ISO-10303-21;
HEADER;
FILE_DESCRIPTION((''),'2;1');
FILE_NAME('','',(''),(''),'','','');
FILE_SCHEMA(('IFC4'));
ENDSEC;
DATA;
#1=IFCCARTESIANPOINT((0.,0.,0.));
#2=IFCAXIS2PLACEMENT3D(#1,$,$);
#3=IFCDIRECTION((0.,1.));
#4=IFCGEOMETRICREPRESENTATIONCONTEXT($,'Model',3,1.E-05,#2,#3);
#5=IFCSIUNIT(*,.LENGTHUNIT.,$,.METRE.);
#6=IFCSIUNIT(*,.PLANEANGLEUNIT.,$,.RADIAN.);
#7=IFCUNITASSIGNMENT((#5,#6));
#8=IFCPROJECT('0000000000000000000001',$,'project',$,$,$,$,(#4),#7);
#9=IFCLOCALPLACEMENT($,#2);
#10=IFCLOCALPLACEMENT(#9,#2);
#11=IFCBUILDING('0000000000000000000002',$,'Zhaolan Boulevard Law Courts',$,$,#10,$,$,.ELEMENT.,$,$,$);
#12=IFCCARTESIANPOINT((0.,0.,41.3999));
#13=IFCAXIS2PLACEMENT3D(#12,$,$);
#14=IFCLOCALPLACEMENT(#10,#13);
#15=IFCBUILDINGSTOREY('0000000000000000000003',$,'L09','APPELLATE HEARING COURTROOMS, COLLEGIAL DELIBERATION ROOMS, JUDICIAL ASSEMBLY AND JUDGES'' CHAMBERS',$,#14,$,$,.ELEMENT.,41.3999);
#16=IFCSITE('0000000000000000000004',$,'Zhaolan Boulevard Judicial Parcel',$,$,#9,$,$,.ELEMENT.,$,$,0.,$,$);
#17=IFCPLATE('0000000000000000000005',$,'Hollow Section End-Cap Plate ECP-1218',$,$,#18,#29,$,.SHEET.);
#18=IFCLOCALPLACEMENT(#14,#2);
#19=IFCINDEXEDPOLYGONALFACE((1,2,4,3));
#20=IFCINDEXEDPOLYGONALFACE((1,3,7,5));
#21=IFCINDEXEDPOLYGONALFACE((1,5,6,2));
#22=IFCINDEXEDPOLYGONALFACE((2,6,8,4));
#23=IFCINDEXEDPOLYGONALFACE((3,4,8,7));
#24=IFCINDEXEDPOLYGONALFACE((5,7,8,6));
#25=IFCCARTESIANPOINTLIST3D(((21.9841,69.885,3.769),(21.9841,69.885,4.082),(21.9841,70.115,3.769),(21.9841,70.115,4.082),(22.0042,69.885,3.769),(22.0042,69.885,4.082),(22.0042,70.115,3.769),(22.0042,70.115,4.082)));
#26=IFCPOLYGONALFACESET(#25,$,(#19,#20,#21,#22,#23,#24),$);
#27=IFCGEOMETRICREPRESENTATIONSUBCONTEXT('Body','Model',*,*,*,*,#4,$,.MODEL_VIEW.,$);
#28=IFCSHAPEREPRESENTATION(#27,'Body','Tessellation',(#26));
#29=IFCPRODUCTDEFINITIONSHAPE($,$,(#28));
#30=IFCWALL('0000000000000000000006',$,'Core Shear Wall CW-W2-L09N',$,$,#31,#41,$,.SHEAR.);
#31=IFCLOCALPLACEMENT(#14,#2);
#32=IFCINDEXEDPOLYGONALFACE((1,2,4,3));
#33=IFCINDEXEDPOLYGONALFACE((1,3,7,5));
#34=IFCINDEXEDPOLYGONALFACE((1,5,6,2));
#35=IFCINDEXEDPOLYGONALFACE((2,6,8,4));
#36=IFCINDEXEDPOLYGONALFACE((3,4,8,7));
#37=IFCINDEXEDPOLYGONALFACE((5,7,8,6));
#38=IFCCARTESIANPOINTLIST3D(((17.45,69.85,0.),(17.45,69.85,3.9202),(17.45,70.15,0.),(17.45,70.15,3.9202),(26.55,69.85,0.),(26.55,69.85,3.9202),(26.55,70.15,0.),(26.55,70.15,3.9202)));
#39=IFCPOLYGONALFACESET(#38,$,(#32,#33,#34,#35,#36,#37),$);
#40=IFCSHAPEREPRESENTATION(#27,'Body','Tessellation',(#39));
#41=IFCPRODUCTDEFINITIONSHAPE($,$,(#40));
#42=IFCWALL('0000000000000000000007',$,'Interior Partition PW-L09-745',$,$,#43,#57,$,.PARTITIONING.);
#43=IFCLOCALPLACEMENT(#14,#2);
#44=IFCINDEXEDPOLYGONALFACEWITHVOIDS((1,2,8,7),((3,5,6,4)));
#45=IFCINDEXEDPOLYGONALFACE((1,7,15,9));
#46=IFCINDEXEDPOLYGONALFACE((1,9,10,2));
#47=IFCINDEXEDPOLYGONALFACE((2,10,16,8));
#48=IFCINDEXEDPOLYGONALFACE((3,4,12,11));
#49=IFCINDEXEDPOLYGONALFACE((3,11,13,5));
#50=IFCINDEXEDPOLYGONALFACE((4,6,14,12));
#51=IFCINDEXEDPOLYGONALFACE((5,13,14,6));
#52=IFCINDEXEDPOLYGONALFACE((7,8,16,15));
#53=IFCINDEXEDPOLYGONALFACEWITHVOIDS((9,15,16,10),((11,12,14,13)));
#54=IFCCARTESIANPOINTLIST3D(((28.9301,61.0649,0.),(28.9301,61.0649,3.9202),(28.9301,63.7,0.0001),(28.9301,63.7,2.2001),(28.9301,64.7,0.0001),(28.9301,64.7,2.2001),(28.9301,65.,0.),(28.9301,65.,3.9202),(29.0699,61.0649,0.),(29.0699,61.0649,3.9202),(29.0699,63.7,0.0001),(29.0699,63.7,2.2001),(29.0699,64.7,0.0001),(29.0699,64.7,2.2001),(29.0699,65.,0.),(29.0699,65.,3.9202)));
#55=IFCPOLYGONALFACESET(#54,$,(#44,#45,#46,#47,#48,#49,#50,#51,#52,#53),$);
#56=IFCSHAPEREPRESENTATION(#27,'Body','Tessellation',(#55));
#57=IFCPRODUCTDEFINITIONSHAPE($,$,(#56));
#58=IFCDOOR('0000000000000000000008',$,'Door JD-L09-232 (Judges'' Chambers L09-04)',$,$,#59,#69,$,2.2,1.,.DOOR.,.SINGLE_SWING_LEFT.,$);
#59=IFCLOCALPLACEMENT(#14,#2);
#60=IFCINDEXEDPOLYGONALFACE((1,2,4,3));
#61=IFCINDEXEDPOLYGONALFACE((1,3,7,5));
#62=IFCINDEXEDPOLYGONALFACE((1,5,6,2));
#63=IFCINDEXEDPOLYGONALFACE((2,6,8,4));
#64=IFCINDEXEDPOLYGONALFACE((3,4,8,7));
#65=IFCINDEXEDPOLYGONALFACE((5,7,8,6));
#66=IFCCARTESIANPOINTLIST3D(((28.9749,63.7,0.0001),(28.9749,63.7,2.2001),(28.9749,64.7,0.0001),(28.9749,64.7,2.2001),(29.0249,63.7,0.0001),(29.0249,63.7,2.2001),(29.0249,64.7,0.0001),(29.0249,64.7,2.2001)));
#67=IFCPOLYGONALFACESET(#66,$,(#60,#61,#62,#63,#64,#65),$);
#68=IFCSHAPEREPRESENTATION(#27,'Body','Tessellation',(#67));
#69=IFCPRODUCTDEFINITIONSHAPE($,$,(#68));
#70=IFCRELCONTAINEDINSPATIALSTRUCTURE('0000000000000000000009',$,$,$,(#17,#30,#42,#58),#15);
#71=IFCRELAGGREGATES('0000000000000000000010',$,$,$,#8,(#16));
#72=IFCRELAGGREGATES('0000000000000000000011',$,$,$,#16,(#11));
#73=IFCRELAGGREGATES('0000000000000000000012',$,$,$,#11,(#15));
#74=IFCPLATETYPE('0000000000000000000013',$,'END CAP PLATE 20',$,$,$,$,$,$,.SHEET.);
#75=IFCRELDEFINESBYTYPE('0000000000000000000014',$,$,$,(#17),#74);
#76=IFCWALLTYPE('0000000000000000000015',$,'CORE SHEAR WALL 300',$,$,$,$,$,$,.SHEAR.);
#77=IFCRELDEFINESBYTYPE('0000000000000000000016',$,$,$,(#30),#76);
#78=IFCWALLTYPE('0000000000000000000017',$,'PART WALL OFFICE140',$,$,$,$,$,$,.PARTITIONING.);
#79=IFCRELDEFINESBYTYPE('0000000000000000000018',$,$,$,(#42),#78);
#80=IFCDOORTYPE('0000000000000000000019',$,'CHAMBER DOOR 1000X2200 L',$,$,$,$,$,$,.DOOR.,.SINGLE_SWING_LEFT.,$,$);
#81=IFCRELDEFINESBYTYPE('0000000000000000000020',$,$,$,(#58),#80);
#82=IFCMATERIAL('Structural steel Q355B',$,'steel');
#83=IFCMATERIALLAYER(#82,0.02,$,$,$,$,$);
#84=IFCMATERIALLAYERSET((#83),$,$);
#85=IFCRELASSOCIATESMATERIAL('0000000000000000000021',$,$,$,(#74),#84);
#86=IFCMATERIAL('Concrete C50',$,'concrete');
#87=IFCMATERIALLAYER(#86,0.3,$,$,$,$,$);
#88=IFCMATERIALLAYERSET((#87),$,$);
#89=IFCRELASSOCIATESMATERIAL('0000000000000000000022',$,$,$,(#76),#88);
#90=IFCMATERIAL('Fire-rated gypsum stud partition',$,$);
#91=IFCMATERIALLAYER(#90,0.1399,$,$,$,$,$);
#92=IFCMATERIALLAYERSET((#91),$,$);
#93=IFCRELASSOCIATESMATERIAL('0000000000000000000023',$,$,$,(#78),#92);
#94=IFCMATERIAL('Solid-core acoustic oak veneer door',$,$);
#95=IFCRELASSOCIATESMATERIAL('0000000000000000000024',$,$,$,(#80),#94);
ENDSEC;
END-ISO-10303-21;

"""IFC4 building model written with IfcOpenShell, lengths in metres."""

from ifc_helpers import new_model, si_unit, direction, frame, frame_2d, origin, origin_2d, place, context, subcontext, project, spatial, rectangle, extrude, material, layer, layer_set, type_object, element, fill, save


model = new_model("IFC4")

# Units and contexts
model_context = context("Model", 3, precision=1e-05, world=origin(), true_north=direction((0.0, 1.0)))
body_context = subcontext(model_context, "Body", "Model", "MODEL_VIEW")
ifc_project = project(units=[si_unit("LENGTHUNIT", "METRE"), si_unit("PLANEANGLEUNIT", "RADIAN")], contexts=[model_context])

# Site, building, storey
site_placement = place(None, origin())
site = spatial("IfcSite", under=ifc_project, at=site_placement, Name="Zhaolan Boulevard Judicial Parcel", CompositionType="ELEMENT", RefElevation=0.0)
building_placement = place(site_placement, origin())
building = spatial("IfcBuilding", under=site, at=building_placement, Name="Zhaolan Boulevard Law Courts", CompositionType="ELEMENT")
storey_placement = place(building_placement, frame((0.0, 0.0, 41.3999)))
storey = spatial("IfcBuildingStorey", under=building, at=storey_placement, Name="L09", Description="APPELLATE HEARING COURTROOMS, COLLEGIAL DELIBERATION ROOMS, JUDICIAL ASSEMBLY AND JUDGES' CHAMBERS", CompositionType="ELEMENT", Elevation=41.3999)

# Plate
ifc_material_1 = material(Name="Structural steel Q355B", Category="steel")
ifc_layer_1 = layer(ifc_material_1, 0.02)
ifc_layer_set_1 = layer_set([ifc_layer_1])
plate_type_1 = type_object("IfcPlateType", Name="END CAP PLATE 20", PredefinedType="SHEET", material=ifc_layer_set_1)
for number, where, z_axis, x_axis, name in (
    (1, (21.9941, 70.0, 3.769), (0.0, 0.0, 1.0), (-1.0, 0.0, 0.0), "Hollow Section End-Cap Plate ECP-1218"),
):
    element("IfcPlate", number, at=place(storey_placement, frame(where, z_axis=z_axis, x_axis=x_axis)), inside=storey, type_object=plate_type_1, Name=name, PredefinedType="SHEET", context=body_context, shape_type="SweptSolid", body=[
        extrude(rectangle(XDim=0.02, YDim=0.23, at=origin_2d()), origin(), (0.0, 0.0, 1.0), 0.313),
    ])

# Wall
ifc_material_2 = material(Name="Concrete C50", Category="concrete")
ifc_layer_2 = layer(ifc_material_2, 0.3)
ifc_layer_set_2 = layer_set([ifc_layer_2])
wall_type_1 = type_object("IfcWallType", Name="CORE SHEAR WALL 300", PredefinedType="SHEAR", material=ifc_layer_set_2)
wall_1_placement = place(storey_placement, frame((26.55, 70.0, 0.0), z_axis=(0.0, 0.0, 1.0), x_axis=(-1.0, 0.0, 0.0)))
element("IfcWall", 2, at=wall_1_placement, inside=storey, type_object=wall_type_1, Name="Core Shear Wall CW-W2-L09N", PredefinedType="SHEAR", context=body_context, shape_type="SweptSolid", body=[
    extrude(rectangle(XDim=9.1001, YDim=0.3, at=frame_2d((4.55, 0.0))), origin(), (0.0, 0.0, 1.0), 3.9202),
])

# Wall, opening, door
ifc_material_3 = material(Name="Fire-rated gypsum stud partition")
ifc_layer_3 = layer(ifc_material_3, 0.1399)
ifc_layer_set_3 = layer_set([ifc_layer_3])
wall_type_2 = type_object("IfcWallType", Name="PART WALL OFFICE140", PredefinedType="PARTITIONING", material=ifc_layer_set_3)
wall_2_placement = place(storey_placement, frame((29.0, 65.0, 0.0), z_axis=(0.0, 0.0, 1.0), x_axis=(0.0, -1.0, 0.0)))
wall_2 = element("IfcWall", 3, at=wall_2_placement, inside=storey, type_object=wall_type_2, Name="Interior Partition PW-L09-745", PredefinedType="PARTITIONING", context=body_context, shape_type="SweptSolid", body=[
    extrude(rectangle(XDim=3.9351, YDim=0.1399, at=frame_2d((1.9675, 0.0))), origin(), (0.0, 0.0, 1.0), 3.9202),
])
opening_1_placement = place(wall_2_placement, frame((0.3, 0.0, 0.0)))
opening_1 = element("IfcOpeningElement", 4, at=opening_1_placement, cuts=wall_2, PredefinedType="OPENING", context=body_context, shape_type="SweptSolid", body=[
    extrude(rectangle(XDim=1.0, YDim=2.2, at=frame_2d((0.5, 1.1001))), frame((0.0, 0.0798, 0.0), z_axis=(0.0, -1.0, 0.0), x_axis=(1.0, 0.0, 0.0)), (0.0, 0.0, 1.0), 0.1599),
])
ifc_material_4 = material(Name="Solid-core acoustic oak veneer door")
door_type_1 = type_object("IfcDoorType", Name="CHAMBER DOOR 1000X2200 L", OperationType="SINGLE_SWING_LEFT", PredefinedType="DOOR", material=ifc_material_4)
door_1_placement = place(opening_1_placement, origin())
door_1 = element("IfcDoor", 5, at=door_1_placement, inside=storey, type_object=door_type_1, Name="Door JD-L09-232 (Judges' Chambers L09-04)", OperationType="SINGLE_SWING_LEFT", OverallHeight=2.2, OverallWidth=1.0, PredefinedType="DOOR", context=body_context, shape_type="SweptSolid", body=[
    extrude(rectangle(XDim=1.0, YDim=2.2, at=frame_2d((0.5, 1.1001))), frame((0.0, 0.0249, 0.0), z_axis=(0.0, -1.0, 0.0), x_axis=(1.0, 0.0, 0.0)), (0.0, 0.0, 1.0), 0.05),
])
fill(opening_1, door_1)

save(model, "model.ifc")
